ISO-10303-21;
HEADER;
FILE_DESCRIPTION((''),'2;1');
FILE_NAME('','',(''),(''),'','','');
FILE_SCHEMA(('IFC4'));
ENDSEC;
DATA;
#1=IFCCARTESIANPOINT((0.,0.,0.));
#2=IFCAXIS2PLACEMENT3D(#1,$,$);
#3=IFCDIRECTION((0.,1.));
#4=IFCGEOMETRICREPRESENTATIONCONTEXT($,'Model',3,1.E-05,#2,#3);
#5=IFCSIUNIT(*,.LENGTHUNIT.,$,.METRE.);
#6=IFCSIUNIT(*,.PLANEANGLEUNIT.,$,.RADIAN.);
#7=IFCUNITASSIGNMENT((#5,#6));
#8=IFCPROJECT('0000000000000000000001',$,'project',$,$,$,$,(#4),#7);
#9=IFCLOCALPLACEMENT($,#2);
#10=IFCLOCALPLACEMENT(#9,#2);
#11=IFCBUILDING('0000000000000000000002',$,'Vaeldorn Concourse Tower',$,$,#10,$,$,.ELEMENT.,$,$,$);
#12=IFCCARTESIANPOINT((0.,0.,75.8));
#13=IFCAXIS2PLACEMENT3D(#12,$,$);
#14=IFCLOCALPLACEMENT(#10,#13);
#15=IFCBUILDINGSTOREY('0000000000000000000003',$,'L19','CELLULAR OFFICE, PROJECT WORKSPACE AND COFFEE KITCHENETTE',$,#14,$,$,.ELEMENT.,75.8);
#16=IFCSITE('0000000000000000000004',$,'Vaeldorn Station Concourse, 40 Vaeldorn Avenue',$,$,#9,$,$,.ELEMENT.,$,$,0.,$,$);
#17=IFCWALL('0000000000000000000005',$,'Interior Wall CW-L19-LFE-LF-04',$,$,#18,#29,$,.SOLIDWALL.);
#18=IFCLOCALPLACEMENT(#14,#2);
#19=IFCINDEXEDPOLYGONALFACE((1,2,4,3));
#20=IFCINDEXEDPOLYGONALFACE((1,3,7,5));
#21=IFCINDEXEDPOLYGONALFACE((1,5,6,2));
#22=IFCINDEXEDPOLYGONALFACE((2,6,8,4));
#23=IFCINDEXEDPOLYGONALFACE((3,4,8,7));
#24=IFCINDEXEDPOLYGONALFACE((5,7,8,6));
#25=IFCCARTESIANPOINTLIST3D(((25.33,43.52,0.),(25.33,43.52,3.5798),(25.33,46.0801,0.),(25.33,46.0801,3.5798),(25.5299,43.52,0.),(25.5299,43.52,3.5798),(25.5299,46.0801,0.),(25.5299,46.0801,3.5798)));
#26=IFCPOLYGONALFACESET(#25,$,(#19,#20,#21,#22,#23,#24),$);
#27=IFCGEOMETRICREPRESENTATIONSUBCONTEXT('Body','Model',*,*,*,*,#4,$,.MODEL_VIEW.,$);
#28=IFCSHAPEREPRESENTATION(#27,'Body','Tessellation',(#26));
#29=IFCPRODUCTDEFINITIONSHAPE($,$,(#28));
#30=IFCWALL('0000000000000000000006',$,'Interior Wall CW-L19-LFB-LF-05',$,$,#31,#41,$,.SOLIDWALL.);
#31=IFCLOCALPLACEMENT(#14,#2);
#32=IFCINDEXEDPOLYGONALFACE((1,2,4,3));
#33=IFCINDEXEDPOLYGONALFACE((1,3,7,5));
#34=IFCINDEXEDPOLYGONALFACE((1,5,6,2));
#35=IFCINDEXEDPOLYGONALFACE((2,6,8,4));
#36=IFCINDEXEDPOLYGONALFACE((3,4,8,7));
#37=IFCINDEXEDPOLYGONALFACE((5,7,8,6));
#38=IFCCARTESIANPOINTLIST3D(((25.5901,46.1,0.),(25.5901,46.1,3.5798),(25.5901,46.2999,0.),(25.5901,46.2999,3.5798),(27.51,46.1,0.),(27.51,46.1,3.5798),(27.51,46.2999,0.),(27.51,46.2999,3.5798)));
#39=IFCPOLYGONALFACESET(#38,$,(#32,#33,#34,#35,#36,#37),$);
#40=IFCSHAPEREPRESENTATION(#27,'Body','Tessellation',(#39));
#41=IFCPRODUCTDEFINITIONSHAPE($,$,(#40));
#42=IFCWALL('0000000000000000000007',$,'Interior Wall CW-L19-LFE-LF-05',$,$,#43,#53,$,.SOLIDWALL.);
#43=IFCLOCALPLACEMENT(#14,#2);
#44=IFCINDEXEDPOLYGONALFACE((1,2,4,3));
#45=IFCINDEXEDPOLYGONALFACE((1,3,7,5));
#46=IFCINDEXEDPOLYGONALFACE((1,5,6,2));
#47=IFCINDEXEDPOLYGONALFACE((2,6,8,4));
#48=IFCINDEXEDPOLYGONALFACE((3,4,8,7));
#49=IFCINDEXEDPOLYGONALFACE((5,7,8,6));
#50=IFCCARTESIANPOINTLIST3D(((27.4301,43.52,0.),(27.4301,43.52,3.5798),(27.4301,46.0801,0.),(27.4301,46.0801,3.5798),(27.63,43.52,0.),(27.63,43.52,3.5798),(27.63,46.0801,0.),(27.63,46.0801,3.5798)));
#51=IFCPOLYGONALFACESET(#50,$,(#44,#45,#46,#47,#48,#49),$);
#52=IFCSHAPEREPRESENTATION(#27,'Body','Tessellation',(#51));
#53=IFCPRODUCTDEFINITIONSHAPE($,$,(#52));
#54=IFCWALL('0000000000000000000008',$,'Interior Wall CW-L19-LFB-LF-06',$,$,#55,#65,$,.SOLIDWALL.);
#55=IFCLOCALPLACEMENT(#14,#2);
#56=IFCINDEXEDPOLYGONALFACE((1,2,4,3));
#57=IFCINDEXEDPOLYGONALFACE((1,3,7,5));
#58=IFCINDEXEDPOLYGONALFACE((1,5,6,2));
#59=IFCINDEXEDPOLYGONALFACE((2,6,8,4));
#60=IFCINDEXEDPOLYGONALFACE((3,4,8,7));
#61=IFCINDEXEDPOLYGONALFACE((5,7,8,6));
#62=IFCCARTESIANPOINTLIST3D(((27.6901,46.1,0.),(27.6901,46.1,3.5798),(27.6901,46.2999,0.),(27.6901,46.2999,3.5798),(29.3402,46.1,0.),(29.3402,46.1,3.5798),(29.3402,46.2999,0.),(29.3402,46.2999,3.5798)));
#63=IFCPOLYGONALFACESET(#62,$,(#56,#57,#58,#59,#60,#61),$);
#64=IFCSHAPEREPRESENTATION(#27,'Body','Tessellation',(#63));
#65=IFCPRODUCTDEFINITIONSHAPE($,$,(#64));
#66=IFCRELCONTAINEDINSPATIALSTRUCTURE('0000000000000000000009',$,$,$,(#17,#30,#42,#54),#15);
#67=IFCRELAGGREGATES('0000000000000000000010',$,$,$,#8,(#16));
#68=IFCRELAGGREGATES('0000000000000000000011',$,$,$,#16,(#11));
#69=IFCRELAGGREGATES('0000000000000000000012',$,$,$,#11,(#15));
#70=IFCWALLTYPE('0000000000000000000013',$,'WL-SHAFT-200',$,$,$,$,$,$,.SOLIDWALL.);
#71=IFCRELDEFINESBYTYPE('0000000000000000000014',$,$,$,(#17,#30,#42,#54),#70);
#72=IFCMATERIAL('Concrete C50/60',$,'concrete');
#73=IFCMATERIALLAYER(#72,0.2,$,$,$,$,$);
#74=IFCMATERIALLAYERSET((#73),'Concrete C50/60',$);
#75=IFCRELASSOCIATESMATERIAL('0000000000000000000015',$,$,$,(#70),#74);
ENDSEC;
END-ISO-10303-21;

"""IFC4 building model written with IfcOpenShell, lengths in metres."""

from ifc_helpers import new_model, si_unit, direction, frame, frame_2d, origin, place, context, subcontext, project, spatial, rectangle, extrude, material, layer, layer_set, type_object, element, save


model = new_model("IFC4")

# Units and contexts
model_context = context("Model", 3, precision=1e-05, world=origin(), true_north=direction((0.0, 1.0)))
body_context = subcontext(model_context, "Body", "Model", "MODEL_VIEW")
ifc_project = project(units=[si_unit("LENGTHUNIT", "METRE"), si_unit("PLANEANGLEUNIT", "RADIAN")], contexts=[model_context])

# Site, building, storey
site_placement = place(None, origin())
site = spatial("IfcSite", under=ifc_project, at=site_placement, Name="Vaeldorn Station Concourse, 40 Vaeldorn Avenue", CompositionType="ELEMENT", RefElevation=0.0)
building_placement = place(site_placement, origin())
building = spatial("IfcBuilding", under=site, at=building_placement, Name="Vaeldorn Concourse Tower", CompositionType="ELEMENT")
storey_placement = place(building_placement, frame((0.0, 0.0, 75.8)))
storey = spatial("IfcBuildingStorey", under=building, at=storey_placement, Name="L19", Description="CELLULAR OFFICE, PROJECT WORKSPACE AND COFFEE KITCHENETTE", CompositionType="ELEMENT", Elevation=75.8)

# Shared definitions
ifc_material_1 = material(Name="Concrete C50/60", Category="concrete")
ifc_layer_1 = layer(ifc_material_1, 0.2)
ifc_layer_set_1 = layer_set([ifc_layer_1], Name="Concrete C50/60")
wall_type_1 = type_object("IfcWallType", Name="WL-SHAFT-200", PredefinedType="SOLIDWALL", material=ifc_layer_set_1)

# Wall
wall_1_placement = place(storey_placement, frame((25.4299, 43.52, 0.0), z_axis=(0.0, 0.0, 1.0), x_axis=(0.0, 1.0, 0.0)))
element("IfcWall", 1, at=wall_1_placement, inside=storey, type_object=wall_type_1, Name="Interior Wall CW-L19-LFE-LF-04", PredefinedType="SOLIDWALL", context=body_context, shape_type="SweptSolid", body=[
    extrude(rectangle(XDim=2.5601, YDim=0.2, at=frame_2d((1.28, 0.0))), origin(), (0.0, 0.0, 1.0), 3.5798),
])

# Walls
wall_2_placement = place(storey_placement, frame((25.5901, 46.2, 0.0), z_axis=(0.0, 0.0, 1.0), x_axis=(1.0, 0.0, 0.0)))
element("IfcWall", 2, at=wall_2_placement, inside=storey, type_object=wall_type_1, Name="Interior Wall CW-L19-LFB-LF-05", PredefinedType="SOLIDWALL", context=body_context, shape_type="SweptSolid", body=[
    extrude(rectangle(XDim=1.9199, YDim=0.2, at=frame_2d((0.96, 0.0))), origin(), (0.0, 0.0, 1.0), 3.5798),
])
wall_3_placement = place(storey_placement, frame((27.53, 43.52, 0.0), z_axis=(0.0, 0.0, 1.0), x_axis=(0.0, 1.0, 0.0)))
element("IfcWall", 3, at=wall_3_placement, inside=storey, type_object=wall_type_1, Name="Interior Wall CW-L19-LFE-LF-05", PredefinedType="SOLIDWALL", context=body_context, shape_type="SweptSolid", body=[
    extrude(rectangle(XDim=2.5601, YDim=0.2, at=frame_2d((1.28, 0.0))), origin(), (0.0, 0.0, 1.0), 3.5798),
])

# Wall
wall_4_placement = place(storey_placement, frame((27.6899, 46.2, 0.0), z_axis=(0.0, 0.0, 1.0), x_axis=(1.0, 0.0, 0.0)))
element("IfcWall", 4, at=wall_4_placement, inside=storey, type_object=wall_type_1, Name="Interior Wall CW-L19-LFB-LF-06", PredefinedType="SOLIDWALL", context=body_context, shape_type="SweptSolid", body=[
    extrude(rectangle(XDim=1.6501, YDim=0.2, at=frame_2d((0.8252, 0.0))), origin(), (0.0, 0.0, 1.0), 3.5798),
])

save(model, "model.ifc")
